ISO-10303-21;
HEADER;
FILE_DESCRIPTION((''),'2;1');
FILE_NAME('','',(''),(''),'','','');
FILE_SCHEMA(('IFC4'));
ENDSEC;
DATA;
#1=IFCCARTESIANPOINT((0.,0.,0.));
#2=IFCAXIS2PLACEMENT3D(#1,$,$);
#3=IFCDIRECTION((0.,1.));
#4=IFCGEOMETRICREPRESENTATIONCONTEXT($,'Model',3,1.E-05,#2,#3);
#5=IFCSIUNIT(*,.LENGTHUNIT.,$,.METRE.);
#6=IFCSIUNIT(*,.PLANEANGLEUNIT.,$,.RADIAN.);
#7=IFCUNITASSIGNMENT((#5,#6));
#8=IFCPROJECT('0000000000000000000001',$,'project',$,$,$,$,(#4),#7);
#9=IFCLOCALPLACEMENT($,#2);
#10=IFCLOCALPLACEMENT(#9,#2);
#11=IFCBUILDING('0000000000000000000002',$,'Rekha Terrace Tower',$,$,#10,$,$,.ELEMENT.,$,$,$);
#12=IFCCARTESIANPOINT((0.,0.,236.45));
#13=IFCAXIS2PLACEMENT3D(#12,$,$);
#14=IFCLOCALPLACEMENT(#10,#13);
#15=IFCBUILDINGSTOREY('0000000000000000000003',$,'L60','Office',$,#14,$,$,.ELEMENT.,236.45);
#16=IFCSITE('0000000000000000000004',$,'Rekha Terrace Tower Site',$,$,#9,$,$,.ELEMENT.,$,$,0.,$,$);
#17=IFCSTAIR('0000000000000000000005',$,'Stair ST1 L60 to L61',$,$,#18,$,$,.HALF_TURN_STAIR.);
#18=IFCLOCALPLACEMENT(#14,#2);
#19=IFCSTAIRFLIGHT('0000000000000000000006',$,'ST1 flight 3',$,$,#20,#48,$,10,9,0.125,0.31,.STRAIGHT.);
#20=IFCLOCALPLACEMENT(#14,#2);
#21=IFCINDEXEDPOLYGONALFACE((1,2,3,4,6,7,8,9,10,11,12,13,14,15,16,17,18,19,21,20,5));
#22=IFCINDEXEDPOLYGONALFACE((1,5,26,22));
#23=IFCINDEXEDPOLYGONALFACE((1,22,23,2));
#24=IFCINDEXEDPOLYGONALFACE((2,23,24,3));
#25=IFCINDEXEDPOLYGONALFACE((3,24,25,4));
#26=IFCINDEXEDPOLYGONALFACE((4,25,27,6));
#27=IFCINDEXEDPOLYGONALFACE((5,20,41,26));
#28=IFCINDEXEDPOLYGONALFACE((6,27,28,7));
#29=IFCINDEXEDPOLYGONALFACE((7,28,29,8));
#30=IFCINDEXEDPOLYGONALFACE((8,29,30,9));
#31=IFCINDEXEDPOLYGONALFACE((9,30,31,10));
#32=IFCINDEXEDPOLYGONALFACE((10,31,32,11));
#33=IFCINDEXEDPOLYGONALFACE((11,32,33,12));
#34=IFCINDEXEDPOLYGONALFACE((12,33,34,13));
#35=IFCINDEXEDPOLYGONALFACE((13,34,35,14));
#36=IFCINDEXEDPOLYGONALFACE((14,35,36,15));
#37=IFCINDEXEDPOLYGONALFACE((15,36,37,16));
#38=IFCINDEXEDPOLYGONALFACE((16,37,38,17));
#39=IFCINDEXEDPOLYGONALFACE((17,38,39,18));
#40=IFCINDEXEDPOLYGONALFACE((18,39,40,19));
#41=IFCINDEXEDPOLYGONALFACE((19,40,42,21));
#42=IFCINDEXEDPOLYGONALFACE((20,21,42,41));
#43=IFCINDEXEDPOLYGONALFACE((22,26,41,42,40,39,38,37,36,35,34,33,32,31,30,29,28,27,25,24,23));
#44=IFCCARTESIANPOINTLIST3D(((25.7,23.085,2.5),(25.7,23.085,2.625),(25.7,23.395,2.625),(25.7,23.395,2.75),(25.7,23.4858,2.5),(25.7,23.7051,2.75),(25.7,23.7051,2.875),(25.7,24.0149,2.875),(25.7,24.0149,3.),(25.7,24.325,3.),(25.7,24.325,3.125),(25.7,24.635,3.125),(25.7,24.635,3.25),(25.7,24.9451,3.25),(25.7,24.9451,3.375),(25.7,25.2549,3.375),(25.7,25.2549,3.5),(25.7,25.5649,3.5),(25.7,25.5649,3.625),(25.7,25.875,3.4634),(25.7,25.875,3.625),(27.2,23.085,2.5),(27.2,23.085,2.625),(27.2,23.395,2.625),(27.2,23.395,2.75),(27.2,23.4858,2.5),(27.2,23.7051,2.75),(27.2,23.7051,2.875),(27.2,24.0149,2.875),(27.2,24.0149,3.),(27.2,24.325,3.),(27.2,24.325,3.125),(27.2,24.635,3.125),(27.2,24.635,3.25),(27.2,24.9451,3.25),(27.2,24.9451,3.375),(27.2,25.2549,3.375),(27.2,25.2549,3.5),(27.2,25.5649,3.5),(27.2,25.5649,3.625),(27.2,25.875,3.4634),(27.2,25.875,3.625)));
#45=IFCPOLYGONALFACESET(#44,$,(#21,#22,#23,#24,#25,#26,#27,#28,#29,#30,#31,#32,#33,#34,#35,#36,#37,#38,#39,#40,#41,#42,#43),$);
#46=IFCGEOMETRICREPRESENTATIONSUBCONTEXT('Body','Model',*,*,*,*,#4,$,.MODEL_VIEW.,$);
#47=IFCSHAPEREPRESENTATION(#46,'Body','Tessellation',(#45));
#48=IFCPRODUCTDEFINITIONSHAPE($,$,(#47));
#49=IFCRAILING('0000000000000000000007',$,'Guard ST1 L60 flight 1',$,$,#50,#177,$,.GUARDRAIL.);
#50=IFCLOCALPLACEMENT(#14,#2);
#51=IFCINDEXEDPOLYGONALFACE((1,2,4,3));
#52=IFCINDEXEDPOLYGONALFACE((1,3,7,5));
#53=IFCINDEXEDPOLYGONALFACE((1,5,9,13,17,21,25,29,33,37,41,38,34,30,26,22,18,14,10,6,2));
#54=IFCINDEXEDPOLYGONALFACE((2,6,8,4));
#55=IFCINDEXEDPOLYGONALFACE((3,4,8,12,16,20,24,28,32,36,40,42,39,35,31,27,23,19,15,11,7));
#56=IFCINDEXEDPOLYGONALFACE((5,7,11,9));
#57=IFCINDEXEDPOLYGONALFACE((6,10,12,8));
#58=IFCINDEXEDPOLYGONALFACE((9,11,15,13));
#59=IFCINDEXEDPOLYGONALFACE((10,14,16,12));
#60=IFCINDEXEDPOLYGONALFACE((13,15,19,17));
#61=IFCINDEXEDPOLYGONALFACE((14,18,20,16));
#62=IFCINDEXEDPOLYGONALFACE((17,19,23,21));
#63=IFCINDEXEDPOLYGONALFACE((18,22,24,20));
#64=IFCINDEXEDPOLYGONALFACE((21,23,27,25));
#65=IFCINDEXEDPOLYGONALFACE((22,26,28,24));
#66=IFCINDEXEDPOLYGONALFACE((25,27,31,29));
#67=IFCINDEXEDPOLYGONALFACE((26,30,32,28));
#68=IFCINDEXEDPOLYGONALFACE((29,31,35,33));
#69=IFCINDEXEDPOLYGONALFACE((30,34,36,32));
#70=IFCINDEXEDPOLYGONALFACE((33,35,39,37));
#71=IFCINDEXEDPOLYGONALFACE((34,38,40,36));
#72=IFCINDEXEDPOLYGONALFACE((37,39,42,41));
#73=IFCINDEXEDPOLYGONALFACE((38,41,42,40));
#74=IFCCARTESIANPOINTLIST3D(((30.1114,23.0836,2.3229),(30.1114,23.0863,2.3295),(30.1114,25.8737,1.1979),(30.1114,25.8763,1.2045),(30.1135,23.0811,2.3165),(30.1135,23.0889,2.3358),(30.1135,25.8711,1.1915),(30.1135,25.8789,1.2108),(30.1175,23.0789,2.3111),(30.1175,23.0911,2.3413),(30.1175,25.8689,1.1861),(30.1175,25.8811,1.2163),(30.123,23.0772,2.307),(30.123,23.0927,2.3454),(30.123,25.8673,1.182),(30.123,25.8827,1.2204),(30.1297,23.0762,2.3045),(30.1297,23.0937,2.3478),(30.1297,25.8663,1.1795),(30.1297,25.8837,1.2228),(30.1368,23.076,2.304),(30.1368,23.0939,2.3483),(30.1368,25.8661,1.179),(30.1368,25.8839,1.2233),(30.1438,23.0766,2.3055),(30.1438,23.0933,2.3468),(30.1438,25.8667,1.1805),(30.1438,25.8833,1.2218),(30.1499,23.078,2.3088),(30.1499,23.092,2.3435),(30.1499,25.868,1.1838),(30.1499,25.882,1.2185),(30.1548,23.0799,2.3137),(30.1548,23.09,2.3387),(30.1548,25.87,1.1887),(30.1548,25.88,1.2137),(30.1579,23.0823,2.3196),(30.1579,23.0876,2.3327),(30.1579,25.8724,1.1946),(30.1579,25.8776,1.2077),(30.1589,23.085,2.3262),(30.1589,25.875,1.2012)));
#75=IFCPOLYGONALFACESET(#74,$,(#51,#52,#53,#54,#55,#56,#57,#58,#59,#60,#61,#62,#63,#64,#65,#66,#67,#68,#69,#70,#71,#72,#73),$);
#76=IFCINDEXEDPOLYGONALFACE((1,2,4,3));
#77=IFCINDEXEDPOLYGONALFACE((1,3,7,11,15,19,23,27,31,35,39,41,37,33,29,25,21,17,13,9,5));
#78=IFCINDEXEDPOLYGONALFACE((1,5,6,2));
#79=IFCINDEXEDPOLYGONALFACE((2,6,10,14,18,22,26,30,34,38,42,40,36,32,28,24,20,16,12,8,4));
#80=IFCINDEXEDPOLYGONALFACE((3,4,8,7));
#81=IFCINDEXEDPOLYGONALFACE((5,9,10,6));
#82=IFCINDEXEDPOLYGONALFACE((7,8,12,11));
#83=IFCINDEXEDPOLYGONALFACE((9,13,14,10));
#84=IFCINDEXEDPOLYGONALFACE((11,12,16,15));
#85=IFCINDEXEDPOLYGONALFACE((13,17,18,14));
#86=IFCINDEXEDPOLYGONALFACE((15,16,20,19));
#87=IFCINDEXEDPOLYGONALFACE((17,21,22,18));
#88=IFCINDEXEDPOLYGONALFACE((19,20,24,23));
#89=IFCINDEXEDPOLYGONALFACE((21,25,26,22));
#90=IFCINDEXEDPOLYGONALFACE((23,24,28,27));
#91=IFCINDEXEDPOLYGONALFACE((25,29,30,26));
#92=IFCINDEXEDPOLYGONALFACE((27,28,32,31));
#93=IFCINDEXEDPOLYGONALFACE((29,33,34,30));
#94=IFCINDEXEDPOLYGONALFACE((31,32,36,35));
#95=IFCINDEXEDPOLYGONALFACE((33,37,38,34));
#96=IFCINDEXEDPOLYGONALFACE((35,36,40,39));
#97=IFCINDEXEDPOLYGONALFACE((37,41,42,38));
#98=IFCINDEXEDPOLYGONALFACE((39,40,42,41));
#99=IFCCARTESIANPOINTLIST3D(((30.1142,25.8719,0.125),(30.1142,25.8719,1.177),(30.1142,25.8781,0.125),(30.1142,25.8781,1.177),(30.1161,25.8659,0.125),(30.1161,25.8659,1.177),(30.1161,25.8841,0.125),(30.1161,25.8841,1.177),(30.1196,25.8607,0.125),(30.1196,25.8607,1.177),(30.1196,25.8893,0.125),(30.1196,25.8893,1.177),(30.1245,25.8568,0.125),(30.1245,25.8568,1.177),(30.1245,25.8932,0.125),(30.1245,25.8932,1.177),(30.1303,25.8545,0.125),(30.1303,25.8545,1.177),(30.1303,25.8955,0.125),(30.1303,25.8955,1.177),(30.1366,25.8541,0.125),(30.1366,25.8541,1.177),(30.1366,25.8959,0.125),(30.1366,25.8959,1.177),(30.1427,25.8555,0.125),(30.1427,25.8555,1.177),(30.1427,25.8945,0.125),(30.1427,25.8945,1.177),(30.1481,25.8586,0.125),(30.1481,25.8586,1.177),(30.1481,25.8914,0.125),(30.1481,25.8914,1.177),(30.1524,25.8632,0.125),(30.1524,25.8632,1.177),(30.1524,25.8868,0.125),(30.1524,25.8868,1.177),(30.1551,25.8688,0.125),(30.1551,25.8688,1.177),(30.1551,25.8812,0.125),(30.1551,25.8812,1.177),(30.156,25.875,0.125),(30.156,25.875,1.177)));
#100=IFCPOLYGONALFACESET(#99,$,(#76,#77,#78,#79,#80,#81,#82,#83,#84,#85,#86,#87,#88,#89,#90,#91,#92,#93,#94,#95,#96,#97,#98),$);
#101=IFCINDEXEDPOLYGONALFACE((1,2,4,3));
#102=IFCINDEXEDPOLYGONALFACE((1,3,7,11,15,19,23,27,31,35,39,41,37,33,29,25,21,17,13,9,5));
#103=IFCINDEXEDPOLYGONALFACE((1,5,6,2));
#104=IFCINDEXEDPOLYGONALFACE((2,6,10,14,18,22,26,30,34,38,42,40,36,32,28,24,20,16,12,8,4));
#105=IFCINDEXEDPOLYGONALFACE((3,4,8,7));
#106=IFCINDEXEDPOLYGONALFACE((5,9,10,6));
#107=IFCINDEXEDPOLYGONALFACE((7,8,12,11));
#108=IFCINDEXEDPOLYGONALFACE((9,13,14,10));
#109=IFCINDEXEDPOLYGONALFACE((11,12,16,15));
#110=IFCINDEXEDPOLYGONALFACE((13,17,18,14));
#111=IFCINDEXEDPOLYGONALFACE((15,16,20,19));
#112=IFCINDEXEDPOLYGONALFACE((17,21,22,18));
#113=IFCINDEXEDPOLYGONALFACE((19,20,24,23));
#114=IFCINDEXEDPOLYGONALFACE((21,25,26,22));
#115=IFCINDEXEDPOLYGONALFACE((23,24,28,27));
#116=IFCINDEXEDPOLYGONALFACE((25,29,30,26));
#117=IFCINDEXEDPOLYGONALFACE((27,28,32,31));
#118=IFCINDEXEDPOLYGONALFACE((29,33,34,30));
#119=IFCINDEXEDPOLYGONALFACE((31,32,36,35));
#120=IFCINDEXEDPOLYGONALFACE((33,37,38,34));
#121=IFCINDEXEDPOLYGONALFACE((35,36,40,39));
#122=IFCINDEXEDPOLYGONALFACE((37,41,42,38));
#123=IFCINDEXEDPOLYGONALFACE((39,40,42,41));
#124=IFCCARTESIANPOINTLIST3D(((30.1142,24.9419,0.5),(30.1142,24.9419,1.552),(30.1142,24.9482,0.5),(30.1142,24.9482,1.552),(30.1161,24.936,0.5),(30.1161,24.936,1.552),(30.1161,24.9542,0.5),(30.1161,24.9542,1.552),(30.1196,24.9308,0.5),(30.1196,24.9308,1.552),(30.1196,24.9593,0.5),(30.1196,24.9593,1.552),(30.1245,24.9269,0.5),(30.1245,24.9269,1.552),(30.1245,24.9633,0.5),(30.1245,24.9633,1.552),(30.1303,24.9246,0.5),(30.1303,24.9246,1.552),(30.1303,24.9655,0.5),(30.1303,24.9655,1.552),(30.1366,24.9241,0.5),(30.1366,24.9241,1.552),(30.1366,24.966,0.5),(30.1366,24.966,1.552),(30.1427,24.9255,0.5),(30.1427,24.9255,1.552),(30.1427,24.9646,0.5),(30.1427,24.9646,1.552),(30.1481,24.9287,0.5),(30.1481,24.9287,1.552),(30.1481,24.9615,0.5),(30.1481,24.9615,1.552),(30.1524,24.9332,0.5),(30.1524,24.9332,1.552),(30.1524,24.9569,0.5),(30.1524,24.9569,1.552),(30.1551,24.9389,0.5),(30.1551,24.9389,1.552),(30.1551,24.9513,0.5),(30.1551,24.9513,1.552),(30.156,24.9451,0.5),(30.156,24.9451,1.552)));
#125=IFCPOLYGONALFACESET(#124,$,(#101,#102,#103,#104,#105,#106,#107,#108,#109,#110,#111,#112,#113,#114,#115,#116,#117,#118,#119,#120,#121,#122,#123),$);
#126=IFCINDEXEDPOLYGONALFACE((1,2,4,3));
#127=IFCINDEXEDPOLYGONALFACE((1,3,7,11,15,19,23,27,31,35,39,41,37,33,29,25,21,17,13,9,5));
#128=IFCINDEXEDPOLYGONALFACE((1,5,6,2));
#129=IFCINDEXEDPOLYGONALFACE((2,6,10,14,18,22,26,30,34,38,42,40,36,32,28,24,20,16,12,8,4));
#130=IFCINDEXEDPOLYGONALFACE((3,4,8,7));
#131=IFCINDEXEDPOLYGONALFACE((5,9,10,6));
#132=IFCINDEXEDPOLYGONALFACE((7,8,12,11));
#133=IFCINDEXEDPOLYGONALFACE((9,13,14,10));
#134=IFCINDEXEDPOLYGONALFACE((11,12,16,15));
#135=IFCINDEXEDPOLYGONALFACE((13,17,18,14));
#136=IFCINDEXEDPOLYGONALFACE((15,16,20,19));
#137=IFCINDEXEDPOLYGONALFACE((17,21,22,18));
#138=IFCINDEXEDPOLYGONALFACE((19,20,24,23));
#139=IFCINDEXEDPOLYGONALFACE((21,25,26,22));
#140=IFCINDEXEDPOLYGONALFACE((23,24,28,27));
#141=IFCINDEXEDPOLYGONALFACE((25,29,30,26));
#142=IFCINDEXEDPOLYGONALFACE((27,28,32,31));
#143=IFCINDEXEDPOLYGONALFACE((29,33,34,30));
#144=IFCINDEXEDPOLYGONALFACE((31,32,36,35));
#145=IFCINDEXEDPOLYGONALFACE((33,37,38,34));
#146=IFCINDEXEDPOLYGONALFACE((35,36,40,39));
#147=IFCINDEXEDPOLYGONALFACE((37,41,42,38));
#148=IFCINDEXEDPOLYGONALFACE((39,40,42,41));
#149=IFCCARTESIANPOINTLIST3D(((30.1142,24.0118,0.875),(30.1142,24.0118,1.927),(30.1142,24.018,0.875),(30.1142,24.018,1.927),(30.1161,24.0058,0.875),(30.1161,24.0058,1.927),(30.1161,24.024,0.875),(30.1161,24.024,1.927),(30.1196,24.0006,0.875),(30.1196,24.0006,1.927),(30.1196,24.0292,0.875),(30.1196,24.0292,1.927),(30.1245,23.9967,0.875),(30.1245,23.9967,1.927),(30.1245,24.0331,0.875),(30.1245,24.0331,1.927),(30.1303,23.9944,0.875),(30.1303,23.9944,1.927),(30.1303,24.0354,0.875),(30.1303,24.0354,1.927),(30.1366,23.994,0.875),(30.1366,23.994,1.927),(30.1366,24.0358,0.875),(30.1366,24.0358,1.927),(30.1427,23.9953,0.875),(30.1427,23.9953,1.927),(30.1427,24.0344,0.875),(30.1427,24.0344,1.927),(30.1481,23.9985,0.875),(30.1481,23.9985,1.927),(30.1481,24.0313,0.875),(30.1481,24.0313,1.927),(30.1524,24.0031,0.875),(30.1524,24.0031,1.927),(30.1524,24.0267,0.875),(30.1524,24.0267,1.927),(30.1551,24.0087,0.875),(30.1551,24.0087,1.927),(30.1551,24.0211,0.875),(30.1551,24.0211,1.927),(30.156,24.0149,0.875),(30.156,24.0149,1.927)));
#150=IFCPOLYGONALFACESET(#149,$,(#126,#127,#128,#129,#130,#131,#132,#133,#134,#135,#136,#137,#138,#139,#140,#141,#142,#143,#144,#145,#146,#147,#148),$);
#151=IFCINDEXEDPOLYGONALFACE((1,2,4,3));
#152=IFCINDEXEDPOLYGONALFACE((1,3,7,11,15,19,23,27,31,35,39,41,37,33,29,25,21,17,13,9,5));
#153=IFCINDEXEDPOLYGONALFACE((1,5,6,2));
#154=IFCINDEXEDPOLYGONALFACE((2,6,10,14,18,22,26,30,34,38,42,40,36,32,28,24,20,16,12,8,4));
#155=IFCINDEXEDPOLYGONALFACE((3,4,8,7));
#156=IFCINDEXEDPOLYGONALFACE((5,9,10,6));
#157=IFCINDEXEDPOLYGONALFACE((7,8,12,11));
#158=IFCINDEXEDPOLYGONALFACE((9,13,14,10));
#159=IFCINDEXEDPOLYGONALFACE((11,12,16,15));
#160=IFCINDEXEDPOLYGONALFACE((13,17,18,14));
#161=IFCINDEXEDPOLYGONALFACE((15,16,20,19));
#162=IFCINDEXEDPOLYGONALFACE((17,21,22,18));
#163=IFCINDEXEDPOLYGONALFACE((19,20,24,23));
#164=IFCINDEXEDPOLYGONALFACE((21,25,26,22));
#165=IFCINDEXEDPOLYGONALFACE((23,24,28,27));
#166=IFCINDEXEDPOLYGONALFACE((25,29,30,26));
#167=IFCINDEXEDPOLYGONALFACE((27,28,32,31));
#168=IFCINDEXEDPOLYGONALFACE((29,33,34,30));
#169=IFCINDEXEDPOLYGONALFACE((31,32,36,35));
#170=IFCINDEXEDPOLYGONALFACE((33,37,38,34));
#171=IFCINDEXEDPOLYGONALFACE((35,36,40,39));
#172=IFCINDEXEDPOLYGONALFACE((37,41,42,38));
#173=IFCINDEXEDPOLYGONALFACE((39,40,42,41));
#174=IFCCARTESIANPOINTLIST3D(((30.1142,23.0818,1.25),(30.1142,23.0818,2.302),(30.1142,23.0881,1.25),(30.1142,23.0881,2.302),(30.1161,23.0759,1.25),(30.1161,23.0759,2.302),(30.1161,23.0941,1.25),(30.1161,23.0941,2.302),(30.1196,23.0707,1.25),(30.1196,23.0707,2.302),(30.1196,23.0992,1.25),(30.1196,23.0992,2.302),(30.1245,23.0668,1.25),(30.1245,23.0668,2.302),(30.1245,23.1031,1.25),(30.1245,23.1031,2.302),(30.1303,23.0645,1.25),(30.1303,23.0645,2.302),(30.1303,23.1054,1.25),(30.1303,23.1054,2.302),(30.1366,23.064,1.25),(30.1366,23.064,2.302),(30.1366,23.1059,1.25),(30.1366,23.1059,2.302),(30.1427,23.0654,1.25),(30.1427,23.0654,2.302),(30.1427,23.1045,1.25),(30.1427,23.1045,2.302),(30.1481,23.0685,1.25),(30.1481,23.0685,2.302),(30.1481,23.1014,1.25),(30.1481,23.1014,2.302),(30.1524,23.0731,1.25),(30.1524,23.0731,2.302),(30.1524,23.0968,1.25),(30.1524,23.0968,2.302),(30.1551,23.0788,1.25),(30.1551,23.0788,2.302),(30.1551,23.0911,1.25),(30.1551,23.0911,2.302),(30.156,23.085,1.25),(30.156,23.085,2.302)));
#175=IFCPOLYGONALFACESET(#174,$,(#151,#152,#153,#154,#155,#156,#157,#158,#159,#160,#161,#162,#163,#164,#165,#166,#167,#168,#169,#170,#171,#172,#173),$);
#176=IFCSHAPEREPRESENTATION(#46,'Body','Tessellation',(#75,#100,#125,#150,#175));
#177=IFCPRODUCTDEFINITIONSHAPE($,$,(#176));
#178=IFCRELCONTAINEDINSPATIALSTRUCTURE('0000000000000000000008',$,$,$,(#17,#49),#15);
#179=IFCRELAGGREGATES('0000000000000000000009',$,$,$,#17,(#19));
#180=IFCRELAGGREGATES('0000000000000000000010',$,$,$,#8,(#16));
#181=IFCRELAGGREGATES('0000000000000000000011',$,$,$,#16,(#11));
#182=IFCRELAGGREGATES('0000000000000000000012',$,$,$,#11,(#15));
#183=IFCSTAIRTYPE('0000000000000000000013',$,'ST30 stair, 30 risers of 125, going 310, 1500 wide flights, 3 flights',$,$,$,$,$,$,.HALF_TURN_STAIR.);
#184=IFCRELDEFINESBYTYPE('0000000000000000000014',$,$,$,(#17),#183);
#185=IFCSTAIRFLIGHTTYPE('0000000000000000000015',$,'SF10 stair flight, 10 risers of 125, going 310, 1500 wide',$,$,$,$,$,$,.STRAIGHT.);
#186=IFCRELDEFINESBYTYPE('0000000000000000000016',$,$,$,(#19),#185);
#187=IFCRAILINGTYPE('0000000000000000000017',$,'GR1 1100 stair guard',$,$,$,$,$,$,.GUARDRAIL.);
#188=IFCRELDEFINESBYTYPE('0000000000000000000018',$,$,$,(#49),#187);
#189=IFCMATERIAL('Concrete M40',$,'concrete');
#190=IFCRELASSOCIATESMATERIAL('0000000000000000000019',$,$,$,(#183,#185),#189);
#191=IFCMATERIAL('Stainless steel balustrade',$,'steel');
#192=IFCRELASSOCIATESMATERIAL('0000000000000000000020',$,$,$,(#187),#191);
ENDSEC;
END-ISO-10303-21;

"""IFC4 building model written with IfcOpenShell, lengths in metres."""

from ifc_helpers import new_model, si_unit, direction, frame, origin, origin_2d, place, context, subcontext, project, spatial, polyline, circle, outline, extrude, material, type_object, element, aggregate, save


model = new_model("IFC4")

# Units and contexts
model_context = context("Model", 3, precision=1e-05, world=origin(), true_north=direction((0.0, 1.0)))
body_context = subcontext(model_context, "Body", "Model", "MODEL_VIEW")
ifc_project = project(units=[si_unit("LENGTHUNIT", "METRE"), si_unit("PLANEANGLEUNIT", "RADIAN")], contexts=[model_context])

# Site, building, storey
site_placement = place(None, origin())
site = spatial("IfcSite", under=ifc_project, at=site_placement, Name="Rekha Terrace Tower Site", CompositionType="ELEMENT", RefElevation=0.0)
building_placement = place(site_placement, origin())
building = spatial("IfcBuilding", under=site, at=building_placement, Name="Rekha Terrace Tower", CompositionType="ELEMENT")
storey_placement = place(building_placement, frame((0.0, 0.0, 236.45)))
storey = spatial("IfcBuildingStorey", under=building, at=storey_placement, Name="L60", Description="Office", CompositionType="ELEMENT", Elevation=236.45)

# Stair, stair flight
ifc_material_1 = material(Name="Concrete M40", Category="concrete")
stair_type = type_object("IfcStairType", Name="ST30 stair, 30 risers of 125, going 310, 1500 wide flights, 3 flights", PredefinedType="HALF_TURN_STAIR", material=ifc_material_1)
stair_placement = place(storey_placement, origin())
stair = element("IfcStair", 1, at=stair_placement, inside=storey, type_object=stair_type, Name="Stair ST1 L60 to L61", PredefinedType="HALF_TURN_STAIR")
stair_flight_type = type_object("IfcStairFlightType", Name="SF10 stair flight, 10 risers of 125, going 310, 1500 wide", PredefinedType="STRAIGHT", material=ifc_material_1)
stair_flight_1_placement = place(storey_placement, frame((26.45, 23.085, 2.5), z_axis=(0.0, 0.0, 1.0), x_axis=(0.0, 1.0, 0.0)))
stair_flight_1 = element("IfcStairFlight", 2, at=stair_flight_1_placement, type_object=stair_flight_type, Name="ST1 flight 3", NumberOfRisers=10, NumberOfTreads=9, PredefinedType="STRAIGHT", RiserHeight=0.125, TreadLength=0.31, context=body_context, shape_type="SweptSolid", body=[
    extrude(outline(polyline([(0.0, 0.0), (0.0, 0.125), (0.3101, 0.125), (0.3101, 0.25), (0.6201, 0.25), (0.6201, 0.375), (0.9299, 0.375), (0.9299, 0.5), (1.24, 0.5), (1.24, 0.625), (1.55, 0.625), (1.55, 0.75), (1.8601, 0.75), (1.8601, 0.875), (2.1699, 0.875), (2.1699, 1.0), (2.48, 1.0), (2.48, 1.125), (2.79, 1.125), (2.79, 1.25), (2.79, 0.9634), (0.4009, 0.0), (0.0, 0.0)])), frame((0.0, 0.75, 0.0), z_axis=(0.0, -1.0, 0.0), x_axis=(1.0, 0.0, 0.0)), (0.0, 0.0, 1.0), 1.5),
])
aggregate(stair, [stair_flight_1])

# Railing
ifc_material_2 = material(Name="Stainless steel balustrade", Category="steel")
railing_type_1 = type_object("IfcRailingType", Name="GR1 1100 stair guard", PredefinedType="GUARDRAIL", material=ifc_material_2)
railing_1_placement = place(storey_placement, frame((30.135, 25.875, 0.125)))
element("IfcRailing", 3, at=railing_1_placement, inside=storey, type_object=railing_type_1, Name="Guard ST1 L60 flight 1", PredefinedType="GUARDRAIL", context=body_context, shape_type="SweptSolid", body=[
    extrude(circle(Radius=0.0239, at=origin_2d()), frame((0.0, 0.0, 1.0762), z_axis=(0.0, -0.927443, 0.373964), x_axis=(1.0, 0.0, 0.0)), (0.0, 0.0, 1.0), 3.0083),
    extrude(circle(Radius=0.021, at=origin_2d()), origin(), (0.0, 0.0, 1.0), 1.052),
    extrude(circle(Radius=0.021, at=origin_2d()), frame((0.0, -0.9299, 0.375)), (0.0, 0.0, 1.0), 1.052),
    extrude(circle(Radius=0.021, at=origin_2d()), frame((0.0, -1.8601, 0.75)), (0.0, 0.0, 1.0), 1.052),
    extrude(circle(Radius=0.021, at=origin_2d()), frame((0.0, -2.79, 1.125)), (0.0, 0.0, 1.0), 1.052),
])

save(model, "model.ifc")
